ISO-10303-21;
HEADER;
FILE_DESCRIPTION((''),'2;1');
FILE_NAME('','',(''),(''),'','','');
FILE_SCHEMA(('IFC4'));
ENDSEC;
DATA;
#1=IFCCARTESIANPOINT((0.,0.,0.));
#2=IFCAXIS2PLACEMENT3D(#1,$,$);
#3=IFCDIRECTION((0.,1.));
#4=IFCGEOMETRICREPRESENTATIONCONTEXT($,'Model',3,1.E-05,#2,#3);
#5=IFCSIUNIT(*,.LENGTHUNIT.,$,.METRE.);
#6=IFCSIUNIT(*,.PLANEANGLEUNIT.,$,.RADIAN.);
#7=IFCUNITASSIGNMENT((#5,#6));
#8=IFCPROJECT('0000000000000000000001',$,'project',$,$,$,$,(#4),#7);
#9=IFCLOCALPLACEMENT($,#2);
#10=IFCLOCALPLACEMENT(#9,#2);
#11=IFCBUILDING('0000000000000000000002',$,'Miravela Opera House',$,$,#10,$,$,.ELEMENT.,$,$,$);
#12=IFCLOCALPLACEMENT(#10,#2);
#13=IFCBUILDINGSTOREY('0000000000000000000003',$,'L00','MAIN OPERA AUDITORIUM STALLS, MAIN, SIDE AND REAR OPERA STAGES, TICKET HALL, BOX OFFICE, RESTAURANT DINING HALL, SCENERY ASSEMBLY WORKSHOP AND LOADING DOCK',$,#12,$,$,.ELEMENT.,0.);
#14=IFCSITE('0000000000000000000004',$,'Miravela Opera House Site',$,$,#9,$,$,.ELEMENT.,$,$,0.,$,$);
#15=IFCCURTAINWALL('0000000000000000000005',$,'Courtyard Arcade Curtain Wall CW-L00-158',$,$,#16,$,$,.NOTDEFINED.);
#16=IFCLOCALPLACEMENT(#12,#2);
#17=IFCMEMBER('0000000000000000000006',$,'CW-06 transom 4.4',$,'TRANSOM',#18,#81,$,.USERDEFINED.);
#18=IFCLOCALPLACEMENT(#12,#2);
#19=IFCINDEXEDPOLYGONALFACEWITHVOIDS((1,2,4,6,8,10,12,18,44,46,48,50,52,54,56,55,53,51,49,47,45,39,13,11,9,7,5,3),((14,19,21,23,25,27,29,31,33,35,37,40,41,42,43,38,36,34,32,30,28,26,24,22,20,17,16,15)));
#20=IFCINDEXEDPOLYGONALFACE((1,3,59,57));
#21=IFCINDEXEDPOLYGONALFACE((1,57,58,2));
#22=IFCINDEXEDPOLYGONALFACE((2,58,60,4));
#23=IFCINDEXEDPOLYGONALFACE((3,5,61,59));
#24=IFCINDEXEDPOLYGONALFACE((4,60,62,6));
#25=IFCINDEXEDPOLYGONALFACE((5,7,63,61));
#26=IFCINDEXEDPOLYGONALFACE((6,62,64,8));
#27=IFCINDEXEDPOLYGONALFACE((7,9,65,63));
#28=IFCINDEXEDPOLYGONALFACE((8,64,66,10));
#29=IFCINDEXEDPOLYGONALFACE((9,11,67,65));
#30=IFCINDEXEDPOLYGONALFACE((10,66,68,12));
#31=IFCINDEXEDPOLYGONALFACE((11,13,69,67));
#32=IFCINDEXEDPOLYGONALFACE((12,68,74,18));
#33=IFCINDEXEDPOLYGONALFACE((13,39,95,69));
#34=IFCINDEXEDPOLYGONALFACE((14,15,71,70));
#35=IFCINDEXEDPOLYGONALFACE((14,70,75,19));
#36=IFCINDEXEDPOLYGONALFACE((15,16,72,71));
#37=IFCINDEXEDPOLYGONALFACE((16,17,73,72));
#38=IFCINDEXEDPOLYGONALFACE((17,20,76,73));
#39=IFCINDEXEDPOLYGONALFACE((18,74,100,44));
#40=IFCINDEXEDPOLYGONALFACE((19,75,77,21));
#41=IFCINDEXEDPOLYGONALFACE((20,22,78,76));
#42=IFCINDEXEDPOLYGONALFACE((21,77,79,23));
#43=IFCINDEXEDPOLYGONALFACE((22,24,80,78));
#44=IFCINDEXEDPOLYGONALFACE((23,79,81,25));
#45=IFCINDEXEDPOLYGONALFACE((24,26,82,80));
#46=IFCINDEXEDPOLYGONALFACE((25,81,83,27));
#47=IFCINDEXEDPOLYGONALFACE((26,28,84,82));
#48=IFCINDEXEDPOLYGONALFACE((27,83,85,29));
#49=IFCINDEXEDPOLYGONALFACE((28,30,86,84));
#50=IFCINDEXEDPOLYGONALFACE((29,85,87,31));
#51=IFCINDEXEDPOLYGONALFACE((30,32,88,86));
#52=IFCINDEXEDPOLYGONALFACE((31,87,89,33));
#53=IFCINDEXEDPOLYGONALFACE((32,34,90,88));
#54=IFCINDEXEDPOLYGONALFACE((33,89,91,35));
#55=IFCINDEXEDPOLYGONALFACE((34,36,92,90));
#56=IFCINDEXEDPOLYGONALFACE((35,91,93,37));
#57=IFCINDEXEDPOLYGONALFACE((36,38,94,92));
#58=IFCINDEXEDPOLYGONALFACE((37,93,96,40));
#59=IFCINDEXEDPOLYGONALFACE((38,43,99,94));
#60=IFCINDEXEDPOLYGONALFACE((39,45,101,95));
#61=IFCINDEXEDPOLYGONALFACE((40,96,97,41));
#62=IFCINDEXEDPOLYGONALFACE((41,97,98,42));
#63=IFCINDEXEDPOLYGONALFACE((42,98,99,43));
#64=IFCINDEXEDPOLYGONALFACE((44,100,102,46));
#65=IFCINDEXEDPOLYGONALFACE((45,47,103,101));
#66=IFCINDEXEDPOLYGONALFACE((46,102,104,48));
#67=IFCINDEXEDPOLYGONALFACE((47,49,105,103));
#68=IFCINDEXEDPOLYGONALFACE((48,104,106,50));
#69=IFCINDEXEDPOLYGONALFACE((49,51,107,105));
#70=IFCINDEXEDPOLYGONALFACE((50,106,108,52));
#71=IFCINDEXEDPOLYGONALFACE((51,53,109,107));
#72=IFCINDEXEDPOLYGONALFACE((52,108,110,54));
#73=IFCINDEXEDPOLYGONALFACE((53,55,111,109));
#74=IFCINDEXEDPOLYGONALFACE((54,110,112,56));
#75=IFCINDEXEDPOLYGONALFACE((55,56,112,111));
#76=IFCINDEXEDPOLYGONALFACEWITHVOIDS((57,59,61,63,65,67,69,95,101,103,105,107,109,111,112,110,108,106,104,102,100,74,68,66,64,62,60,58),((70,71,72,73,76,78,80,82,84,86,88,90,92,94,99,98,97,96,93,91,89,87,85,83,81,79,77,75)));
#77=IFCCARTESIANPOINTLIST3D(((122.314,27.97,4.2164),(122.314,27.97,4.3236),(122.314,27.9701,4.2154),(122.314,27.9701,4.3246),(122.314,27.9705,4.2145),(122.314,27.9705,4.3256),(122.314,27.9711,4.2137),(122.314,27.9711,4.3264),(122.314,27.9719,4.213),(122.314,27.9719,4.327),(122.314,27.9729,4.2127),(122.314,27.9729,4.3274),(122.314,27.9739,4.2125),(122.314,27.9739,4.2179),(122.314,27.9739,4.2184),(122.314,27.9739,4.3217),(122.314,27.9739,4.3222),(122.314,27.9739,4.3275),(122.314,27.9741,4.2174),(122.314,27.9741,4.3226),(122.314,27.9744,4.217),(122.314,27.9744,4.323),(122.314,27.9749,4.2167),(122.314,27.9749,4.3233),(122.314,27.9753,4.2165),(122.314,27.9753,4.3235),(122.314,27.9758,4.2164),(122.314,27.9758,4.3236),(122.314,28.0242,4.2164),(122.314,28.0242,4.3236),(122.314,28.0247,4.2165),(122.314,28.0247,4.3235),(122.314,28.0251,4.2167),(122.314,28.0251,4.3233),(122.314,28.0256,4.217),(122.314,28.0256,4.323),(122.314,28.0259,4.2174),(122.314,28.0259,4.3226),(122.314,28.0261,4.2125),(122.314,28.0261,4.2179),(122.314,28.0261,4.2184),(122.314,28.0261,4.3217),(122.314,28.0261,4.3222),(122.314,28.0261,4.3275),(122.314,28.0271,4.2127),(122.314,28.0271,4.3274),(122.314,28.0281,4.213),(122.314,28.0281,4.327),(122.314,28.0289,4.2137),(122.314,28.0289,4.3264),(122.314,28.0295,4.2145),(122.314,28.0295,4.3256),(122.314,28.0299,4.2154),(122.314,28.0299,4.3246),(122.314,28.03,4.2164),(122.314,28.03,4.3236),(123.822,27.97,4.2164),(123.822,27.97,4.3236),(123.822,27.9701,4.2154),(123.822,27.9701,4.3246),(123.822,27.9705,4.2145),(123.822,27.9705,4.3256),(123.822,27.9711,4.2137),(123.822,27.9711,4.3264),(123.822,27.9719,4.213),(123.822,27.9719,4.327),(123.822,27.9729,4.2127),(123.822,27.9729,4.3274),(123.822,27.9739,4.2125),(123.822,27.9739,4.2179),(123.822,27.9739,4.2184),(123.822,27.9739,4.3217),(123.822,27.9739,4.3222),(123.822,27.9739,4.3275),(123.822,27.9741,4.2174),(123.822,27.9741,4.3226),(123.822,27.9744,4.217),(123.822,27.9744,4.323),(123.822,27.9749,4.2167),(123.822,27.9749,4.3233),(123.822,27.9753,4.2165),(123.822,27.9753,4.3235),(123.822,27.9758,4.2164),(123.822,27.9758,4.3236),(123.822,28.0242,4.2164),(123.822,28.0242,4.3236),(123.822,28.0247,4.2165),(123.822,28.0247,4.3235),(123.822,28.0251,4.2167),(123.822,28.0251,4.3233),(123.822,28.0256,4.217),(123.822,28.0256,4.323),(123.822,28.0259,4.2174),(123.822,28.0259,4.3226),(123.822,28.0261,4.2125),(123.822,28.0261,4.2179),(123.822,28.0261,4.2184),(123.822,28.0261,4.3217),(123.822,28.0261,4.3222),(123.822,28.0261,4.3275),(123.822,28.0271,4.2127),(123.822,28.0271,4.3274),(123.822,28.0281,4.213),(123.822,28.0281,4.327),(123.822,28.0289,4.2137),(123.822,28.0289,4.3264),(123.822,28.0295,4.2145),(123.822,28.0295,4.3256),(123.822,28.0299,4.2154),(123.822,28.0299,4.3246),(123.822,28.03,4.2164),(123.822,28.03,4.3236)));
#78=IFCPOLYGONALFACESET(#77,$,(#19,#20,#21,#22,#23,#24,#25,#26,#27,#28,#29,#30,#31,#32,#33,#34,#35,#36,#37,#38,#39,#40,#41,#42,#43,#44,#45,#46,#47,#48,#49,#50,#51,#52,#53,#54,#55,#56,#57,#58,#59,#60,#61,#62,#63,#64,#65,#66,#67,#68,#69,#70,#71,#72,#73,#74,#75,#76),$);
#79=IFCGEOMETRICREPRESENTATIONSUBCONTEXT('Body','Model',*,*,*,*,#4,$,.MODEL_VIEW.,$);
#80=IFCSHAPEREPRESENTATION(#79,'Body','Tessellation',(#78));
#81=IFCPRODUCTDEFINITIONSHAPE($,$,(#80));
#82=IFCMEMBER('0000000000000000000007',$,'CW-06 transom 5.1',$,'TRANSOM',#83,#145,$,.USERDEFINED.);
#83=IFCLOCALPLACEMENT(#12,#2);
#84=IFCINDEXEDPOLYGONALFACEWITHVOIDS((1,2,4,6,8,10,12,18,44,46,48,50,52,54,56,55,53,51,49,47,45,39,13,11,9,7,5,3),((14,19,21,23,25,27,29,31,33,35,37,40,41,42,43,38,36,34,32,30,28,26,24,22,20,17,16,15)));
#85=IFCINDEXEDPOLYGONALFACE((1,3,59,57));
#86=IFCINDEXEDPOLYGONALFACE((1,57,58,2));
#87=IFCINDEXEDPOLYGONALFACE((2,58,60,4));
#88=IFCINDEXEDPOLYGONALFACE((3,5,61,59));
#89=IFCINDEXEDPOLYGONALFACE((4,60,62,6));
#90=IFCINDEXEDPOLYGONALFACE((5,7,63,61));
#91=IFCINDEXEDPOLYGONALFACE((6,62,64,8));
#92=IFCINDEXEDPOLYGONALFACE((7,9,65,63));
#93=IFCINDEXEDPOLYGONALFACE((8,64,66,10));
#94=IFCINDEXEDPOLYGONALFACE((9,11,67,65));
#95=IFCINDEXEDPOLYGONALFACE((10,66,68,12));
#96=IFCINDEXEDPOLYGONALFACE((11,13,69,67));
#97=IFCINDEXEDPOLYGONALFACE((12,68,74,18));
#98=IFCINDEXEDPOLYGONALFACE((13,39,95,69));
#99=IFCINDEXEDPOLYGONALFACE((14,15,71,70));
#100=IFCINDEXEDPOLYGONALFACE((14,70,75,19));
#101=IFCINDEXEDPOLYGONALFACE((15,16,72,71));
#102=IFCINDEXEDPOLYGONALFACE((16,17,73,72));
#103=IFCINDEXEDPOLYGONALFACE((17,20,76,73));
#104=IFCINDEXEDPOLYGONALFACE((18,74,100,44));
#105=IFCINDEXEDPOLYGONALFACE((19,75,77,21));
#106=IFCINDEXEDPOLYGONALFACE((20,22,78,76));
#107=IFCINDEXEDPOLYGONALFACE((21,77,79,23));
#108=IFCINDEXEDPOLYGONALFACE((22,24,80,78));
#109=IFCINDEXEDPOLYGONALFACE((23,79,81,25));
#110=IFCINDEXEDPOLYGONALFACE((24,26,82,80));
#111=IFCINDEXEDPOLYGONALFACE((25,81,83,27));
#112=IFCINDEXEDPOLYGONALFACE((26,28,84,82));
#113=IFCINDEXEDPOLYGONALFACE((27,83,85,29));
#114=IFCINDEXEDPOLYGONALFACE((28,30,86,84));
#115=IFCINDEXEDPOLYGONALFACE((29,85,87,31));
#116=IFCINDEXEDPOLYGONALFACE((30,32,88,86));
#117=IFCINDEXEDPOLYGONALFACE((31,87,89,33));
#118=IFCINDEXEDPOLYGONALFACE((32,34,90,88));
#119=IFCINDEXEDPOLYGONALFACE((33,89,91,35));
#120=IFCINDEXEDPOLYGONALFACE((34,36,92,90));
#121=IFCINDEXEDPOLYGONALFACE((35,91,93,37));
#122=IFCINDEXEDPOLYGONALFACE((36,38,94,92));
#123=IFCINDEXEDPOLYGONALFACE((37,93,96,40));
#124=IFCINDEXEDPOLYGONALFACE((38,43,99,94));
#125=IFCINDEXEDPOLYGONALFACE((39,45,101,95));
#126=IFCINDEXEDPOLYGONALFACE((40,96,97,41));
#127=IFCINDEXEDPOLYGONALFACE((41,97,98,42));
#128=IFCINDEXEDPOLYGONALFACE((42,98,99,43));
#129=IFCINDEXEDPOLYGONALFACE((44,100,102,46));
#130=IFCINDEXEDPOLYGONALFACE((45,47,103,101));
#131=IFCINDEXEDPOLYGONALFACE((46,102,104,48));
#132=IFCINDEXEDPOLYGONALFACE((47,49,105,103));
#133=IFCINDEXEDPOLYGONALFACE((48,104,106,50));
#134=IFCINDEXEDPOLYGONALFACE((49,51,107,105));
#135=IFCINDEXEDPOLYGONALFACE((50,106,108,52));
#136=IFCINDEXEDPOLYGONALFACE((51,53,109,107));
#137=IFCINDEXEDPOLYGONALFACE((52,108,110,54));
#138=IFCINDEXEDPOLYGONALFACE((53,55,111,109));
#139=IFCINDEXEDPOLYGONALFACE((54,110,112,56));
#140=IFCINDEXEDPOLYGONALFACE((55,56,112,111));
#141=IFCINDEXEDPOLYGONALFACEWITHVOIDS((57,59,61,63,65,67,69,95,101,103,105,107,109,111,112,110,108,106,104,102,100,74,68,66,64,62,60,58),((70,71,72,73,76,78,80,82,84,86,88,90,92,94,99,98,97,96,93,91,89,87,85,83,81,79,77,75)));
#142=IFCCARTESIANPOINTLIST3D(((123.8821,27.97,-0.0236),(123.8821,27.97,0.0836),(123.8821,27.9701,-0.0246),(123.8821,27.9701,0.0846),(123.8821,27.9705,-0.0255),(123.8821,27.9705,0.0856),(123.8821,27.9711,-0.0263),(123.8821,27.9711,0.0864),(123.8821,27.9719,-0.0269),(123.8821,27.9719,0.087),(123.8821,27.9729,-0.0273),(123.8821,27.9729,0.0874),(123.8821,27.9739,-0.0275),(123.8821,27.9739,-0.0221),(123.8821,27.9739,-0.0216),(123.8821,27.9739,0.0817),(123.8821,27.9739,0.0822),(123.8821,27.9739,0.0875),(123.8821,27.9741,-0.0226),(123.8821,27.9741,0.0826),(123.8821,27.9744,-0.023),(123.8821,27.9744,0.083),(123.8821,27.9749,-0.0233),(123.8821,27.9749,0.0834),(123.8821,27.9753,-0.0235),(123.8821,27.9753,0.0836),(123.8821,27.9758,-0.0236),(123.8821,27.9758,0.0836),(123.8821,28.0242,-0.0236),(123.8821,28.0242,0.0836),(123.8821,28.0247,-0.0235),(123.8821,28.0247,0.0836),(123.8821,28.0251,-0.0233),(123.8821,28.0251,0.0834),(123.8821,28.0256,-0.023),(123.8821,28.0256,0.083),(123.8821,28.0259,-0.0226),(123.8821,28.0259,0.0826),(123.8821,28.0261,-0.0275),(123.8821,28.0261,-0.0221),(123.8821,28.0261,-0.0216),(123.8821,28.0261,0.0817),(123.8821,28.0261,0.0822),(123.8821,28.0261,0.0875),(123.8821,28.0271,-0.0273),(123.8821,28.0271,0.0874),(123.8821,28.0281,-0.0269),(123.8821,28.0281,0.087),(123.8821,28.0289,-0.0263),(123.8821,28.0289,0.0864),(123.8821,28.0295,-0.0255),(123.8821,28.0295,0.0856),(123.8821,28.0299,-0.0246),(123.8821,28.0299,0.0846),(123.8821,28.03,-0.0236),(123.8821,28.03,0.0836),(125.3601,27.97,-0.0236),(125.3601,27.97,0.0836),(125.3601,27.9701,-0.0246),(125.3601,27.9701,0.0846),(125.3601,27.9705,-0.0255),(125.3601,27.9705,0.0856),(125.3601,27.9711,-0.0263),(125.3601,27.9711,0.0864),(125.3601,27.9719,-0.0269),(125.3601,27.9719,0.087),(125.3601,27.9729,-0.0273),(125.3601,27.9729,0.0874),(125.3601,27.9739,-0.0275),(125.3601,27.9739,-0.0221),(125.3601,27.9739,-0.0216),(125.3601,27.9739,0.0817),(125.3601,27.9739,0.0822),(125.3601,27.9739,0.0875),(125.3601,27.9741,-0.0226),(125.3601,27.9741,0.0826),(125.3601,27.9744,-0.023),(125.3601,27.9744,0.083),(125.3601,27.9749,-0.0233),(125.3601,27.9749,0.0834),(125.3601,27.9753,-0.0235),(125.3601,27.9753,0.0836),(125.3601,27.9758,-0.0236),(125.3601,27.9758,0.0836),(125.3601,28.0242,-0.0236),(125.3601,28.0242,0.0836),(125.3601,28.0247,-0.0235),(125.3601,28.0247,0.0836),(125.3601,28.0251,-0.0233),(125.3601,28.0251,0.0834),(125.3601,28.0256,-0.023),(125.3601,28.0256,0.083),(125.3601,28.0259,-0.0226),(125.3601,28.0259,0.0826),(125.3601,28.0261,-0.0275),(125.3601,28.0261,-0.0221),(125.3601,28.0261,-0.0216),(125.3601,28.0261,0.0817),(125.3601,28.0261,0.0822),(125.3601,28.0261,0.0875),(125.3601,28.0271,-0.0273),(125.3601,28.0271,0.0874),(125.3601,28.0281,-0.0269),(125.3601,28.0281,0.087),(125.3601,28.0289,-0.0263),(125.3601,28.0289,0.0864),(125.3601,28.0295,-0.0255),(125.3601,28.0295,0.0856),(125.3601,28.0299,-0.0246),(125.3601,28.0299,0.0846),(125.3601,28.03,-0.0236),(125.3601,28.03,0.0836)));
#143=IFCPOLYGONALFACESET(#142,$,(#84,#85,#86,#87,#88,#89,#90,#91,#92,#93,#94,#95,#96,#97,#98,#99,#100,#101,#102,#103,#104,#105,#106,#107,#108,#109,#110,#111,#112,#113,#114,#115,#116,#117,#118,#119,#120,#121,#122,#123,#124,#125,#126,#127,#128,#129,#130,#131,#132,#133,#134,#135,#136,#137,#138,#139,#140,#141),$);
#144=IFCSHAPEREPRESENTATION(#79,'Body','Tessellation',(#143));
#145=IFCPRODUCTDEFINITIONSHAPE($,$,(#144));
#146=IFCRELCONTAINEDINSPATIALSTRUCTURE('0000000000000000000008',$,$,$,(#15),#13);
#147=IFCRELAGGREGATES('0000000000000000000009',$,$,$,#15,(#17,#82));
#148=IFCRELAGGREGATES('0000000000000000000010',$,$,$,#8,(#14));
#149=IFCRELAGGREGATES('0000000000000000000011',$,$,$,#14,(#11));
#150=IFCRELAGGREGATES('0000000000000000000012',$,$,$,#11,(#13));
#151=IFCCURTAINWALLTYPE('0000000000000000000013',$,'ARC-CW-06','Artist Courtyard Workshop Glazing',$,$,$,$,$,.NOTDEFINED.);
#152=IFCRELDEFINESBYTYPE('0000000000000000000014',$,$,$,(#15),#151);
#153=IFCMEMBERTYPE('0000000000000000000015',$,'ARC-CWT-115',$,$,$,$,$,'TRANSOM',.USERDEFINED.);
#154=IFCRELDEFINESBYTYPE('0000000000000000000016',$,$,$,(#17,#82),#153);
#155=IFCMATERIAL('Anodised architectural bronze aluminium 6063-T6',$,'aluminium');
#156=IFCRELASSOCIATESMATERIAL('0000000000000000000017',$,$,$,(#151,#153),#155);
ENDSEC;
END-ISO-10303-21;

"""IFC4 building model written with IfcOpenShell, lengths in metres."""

from ifc_helpers import new_model, si_unit, direction, frame, origin, origin_2d, place, context, subcontext, project, spatial, hollow_rectangle, extrude, material, material_profile, profile_set, type_object, element, aggregate, save


model = new_model("IFC4")

# Units and contexts
model_context = context("Model", 3, precision=1e-05, world=origin(), true_north=direction((0.0, 1.0)))
body_context = subcontext(model_context, "Body", "Model", "MODEL_VIEW")
ifc_project = project(units=[si_unit("LENGTHUNIT", "METRE"), si_unit("PLANEANGLEUNIT", "RADIAN")], contexts=[model_context])

# Site, building, storey
site_placement = place(None, origin())
site = spatial("IfcSite", under=ifc_project, at=site_placement, Name="Miravela Opera House Site", CompositionType="ELEMENT", RefElevation=0.0)
building_placement = place(site_placement, origin())
building = spatial("IfcBuilding", under=site, at=building_placement, Name="Miravela Opera House", CompositionType="ELEMENT")
storey_placement = place(building_placement, origin())
storey = spatial("IfcBuildingStorey", under=building, at=storey_placement, Name="L00", Description="MAIN OPERA AUDITORIUM STALLS, MAIN, SIDE AND REAR OPERA STAGES, TICKET HALL, BOX OFFICE, RESTAURANT DINING HALL, SCENERY ASSEMBLY WORKSHOP AND LOADING DOCK", CompositionType="ELEMENT", Elevation=0.0)

# Curtain wall, members
ifc_material_1 = material(Name="Anodised architectural bronze aluminium 6063-T6", Category="aluminium")
curtain_wall_type = type_object("IfcCurtainWallType", Name="ARC-CW-06", Description="Artist Courtyard Workshop Glazing", PredefinedType="NOTDEFINED", material=ifc_material_1)
curtain_wall_placement = place(storey_placement, origin())
curtain_wall = element("IfcCurtainWall", 1, at=curtain_wall_placement, inside=storey, type_object=curtain_wall_type, Name="Courtyard Arcade Curtain Wall CW-L00-158", PredefinedType="NOTDEFINED")
ifc_material_profile_1 = material_profile(ifc_material_1, hollow_rectangle(XDim=0.0601, YDim=0.115, WallThickness=0.0039, InnerFilletRadius=0.002, OuterFilletRadius=0.0039, at=origin_2d()), Name="CWT-60X115")
ifc_profile_set_1 = profile_set([ifc_material_profile_1])
member_type_1 = type_object("IfcMemberType", Name="ARC-CWT-115", ElementType="TRANSOM", PredefinedType="USERDEFINED", material=ifc_profile_set_1)
member_1_placement = place(storey_placement, frame((122.314, 28.0, 4.27), z_axis=(1.0, 0.0, 0.0), x_axis=(0.0, 1.0, 0.0)))
member_1 = element("IfcMember", 2, at=member_1_placement, type_object=member_type_1, Name="CW-06 transom 4.4", ObjectType="TRANSOM", PredefinedType="USERDEFINED", context=body_context, shape_type="SweptSolid", body=[
    extrude(hollow_rectangle(XDim=0.0601, YDim=0.115, WallThickness=0.0039, InnerFilletRadius=0.002, OuterFilletRadius=0.0039, at=origin_2d()), origin(), (0.0, 0.0, 1.0), 1.5081),
])
member_2_placement = place(storey_placement, frame((123.8821, 28.0, 0.03), z_axis=(1.0, 0.0, 0.0), x_axis=(0.0, 1.0, 0.0)))
member_2 = element("IfcMember", 3, at=member_2_placement, type_object=member_type_1, Name="CW-06 transom 5.1", ObjectType="TRANSOM", PredefinedType="USERDEFINED", context=body_context, shape_type="SweptSolid", body=[
    extrude(hollow_rectangle(XDim=0.0601, YDim=0.115, WallThickness=0.0039, InnerFilletRadius=0.002, OuterFilletRadius=0.0039, at=origin_2d()), origin(), (0.0, 0.0, 1.0), 1.478),
])
aggregate(curtain_wall, [member_1, member_2])

save(model, "model.ifc")
